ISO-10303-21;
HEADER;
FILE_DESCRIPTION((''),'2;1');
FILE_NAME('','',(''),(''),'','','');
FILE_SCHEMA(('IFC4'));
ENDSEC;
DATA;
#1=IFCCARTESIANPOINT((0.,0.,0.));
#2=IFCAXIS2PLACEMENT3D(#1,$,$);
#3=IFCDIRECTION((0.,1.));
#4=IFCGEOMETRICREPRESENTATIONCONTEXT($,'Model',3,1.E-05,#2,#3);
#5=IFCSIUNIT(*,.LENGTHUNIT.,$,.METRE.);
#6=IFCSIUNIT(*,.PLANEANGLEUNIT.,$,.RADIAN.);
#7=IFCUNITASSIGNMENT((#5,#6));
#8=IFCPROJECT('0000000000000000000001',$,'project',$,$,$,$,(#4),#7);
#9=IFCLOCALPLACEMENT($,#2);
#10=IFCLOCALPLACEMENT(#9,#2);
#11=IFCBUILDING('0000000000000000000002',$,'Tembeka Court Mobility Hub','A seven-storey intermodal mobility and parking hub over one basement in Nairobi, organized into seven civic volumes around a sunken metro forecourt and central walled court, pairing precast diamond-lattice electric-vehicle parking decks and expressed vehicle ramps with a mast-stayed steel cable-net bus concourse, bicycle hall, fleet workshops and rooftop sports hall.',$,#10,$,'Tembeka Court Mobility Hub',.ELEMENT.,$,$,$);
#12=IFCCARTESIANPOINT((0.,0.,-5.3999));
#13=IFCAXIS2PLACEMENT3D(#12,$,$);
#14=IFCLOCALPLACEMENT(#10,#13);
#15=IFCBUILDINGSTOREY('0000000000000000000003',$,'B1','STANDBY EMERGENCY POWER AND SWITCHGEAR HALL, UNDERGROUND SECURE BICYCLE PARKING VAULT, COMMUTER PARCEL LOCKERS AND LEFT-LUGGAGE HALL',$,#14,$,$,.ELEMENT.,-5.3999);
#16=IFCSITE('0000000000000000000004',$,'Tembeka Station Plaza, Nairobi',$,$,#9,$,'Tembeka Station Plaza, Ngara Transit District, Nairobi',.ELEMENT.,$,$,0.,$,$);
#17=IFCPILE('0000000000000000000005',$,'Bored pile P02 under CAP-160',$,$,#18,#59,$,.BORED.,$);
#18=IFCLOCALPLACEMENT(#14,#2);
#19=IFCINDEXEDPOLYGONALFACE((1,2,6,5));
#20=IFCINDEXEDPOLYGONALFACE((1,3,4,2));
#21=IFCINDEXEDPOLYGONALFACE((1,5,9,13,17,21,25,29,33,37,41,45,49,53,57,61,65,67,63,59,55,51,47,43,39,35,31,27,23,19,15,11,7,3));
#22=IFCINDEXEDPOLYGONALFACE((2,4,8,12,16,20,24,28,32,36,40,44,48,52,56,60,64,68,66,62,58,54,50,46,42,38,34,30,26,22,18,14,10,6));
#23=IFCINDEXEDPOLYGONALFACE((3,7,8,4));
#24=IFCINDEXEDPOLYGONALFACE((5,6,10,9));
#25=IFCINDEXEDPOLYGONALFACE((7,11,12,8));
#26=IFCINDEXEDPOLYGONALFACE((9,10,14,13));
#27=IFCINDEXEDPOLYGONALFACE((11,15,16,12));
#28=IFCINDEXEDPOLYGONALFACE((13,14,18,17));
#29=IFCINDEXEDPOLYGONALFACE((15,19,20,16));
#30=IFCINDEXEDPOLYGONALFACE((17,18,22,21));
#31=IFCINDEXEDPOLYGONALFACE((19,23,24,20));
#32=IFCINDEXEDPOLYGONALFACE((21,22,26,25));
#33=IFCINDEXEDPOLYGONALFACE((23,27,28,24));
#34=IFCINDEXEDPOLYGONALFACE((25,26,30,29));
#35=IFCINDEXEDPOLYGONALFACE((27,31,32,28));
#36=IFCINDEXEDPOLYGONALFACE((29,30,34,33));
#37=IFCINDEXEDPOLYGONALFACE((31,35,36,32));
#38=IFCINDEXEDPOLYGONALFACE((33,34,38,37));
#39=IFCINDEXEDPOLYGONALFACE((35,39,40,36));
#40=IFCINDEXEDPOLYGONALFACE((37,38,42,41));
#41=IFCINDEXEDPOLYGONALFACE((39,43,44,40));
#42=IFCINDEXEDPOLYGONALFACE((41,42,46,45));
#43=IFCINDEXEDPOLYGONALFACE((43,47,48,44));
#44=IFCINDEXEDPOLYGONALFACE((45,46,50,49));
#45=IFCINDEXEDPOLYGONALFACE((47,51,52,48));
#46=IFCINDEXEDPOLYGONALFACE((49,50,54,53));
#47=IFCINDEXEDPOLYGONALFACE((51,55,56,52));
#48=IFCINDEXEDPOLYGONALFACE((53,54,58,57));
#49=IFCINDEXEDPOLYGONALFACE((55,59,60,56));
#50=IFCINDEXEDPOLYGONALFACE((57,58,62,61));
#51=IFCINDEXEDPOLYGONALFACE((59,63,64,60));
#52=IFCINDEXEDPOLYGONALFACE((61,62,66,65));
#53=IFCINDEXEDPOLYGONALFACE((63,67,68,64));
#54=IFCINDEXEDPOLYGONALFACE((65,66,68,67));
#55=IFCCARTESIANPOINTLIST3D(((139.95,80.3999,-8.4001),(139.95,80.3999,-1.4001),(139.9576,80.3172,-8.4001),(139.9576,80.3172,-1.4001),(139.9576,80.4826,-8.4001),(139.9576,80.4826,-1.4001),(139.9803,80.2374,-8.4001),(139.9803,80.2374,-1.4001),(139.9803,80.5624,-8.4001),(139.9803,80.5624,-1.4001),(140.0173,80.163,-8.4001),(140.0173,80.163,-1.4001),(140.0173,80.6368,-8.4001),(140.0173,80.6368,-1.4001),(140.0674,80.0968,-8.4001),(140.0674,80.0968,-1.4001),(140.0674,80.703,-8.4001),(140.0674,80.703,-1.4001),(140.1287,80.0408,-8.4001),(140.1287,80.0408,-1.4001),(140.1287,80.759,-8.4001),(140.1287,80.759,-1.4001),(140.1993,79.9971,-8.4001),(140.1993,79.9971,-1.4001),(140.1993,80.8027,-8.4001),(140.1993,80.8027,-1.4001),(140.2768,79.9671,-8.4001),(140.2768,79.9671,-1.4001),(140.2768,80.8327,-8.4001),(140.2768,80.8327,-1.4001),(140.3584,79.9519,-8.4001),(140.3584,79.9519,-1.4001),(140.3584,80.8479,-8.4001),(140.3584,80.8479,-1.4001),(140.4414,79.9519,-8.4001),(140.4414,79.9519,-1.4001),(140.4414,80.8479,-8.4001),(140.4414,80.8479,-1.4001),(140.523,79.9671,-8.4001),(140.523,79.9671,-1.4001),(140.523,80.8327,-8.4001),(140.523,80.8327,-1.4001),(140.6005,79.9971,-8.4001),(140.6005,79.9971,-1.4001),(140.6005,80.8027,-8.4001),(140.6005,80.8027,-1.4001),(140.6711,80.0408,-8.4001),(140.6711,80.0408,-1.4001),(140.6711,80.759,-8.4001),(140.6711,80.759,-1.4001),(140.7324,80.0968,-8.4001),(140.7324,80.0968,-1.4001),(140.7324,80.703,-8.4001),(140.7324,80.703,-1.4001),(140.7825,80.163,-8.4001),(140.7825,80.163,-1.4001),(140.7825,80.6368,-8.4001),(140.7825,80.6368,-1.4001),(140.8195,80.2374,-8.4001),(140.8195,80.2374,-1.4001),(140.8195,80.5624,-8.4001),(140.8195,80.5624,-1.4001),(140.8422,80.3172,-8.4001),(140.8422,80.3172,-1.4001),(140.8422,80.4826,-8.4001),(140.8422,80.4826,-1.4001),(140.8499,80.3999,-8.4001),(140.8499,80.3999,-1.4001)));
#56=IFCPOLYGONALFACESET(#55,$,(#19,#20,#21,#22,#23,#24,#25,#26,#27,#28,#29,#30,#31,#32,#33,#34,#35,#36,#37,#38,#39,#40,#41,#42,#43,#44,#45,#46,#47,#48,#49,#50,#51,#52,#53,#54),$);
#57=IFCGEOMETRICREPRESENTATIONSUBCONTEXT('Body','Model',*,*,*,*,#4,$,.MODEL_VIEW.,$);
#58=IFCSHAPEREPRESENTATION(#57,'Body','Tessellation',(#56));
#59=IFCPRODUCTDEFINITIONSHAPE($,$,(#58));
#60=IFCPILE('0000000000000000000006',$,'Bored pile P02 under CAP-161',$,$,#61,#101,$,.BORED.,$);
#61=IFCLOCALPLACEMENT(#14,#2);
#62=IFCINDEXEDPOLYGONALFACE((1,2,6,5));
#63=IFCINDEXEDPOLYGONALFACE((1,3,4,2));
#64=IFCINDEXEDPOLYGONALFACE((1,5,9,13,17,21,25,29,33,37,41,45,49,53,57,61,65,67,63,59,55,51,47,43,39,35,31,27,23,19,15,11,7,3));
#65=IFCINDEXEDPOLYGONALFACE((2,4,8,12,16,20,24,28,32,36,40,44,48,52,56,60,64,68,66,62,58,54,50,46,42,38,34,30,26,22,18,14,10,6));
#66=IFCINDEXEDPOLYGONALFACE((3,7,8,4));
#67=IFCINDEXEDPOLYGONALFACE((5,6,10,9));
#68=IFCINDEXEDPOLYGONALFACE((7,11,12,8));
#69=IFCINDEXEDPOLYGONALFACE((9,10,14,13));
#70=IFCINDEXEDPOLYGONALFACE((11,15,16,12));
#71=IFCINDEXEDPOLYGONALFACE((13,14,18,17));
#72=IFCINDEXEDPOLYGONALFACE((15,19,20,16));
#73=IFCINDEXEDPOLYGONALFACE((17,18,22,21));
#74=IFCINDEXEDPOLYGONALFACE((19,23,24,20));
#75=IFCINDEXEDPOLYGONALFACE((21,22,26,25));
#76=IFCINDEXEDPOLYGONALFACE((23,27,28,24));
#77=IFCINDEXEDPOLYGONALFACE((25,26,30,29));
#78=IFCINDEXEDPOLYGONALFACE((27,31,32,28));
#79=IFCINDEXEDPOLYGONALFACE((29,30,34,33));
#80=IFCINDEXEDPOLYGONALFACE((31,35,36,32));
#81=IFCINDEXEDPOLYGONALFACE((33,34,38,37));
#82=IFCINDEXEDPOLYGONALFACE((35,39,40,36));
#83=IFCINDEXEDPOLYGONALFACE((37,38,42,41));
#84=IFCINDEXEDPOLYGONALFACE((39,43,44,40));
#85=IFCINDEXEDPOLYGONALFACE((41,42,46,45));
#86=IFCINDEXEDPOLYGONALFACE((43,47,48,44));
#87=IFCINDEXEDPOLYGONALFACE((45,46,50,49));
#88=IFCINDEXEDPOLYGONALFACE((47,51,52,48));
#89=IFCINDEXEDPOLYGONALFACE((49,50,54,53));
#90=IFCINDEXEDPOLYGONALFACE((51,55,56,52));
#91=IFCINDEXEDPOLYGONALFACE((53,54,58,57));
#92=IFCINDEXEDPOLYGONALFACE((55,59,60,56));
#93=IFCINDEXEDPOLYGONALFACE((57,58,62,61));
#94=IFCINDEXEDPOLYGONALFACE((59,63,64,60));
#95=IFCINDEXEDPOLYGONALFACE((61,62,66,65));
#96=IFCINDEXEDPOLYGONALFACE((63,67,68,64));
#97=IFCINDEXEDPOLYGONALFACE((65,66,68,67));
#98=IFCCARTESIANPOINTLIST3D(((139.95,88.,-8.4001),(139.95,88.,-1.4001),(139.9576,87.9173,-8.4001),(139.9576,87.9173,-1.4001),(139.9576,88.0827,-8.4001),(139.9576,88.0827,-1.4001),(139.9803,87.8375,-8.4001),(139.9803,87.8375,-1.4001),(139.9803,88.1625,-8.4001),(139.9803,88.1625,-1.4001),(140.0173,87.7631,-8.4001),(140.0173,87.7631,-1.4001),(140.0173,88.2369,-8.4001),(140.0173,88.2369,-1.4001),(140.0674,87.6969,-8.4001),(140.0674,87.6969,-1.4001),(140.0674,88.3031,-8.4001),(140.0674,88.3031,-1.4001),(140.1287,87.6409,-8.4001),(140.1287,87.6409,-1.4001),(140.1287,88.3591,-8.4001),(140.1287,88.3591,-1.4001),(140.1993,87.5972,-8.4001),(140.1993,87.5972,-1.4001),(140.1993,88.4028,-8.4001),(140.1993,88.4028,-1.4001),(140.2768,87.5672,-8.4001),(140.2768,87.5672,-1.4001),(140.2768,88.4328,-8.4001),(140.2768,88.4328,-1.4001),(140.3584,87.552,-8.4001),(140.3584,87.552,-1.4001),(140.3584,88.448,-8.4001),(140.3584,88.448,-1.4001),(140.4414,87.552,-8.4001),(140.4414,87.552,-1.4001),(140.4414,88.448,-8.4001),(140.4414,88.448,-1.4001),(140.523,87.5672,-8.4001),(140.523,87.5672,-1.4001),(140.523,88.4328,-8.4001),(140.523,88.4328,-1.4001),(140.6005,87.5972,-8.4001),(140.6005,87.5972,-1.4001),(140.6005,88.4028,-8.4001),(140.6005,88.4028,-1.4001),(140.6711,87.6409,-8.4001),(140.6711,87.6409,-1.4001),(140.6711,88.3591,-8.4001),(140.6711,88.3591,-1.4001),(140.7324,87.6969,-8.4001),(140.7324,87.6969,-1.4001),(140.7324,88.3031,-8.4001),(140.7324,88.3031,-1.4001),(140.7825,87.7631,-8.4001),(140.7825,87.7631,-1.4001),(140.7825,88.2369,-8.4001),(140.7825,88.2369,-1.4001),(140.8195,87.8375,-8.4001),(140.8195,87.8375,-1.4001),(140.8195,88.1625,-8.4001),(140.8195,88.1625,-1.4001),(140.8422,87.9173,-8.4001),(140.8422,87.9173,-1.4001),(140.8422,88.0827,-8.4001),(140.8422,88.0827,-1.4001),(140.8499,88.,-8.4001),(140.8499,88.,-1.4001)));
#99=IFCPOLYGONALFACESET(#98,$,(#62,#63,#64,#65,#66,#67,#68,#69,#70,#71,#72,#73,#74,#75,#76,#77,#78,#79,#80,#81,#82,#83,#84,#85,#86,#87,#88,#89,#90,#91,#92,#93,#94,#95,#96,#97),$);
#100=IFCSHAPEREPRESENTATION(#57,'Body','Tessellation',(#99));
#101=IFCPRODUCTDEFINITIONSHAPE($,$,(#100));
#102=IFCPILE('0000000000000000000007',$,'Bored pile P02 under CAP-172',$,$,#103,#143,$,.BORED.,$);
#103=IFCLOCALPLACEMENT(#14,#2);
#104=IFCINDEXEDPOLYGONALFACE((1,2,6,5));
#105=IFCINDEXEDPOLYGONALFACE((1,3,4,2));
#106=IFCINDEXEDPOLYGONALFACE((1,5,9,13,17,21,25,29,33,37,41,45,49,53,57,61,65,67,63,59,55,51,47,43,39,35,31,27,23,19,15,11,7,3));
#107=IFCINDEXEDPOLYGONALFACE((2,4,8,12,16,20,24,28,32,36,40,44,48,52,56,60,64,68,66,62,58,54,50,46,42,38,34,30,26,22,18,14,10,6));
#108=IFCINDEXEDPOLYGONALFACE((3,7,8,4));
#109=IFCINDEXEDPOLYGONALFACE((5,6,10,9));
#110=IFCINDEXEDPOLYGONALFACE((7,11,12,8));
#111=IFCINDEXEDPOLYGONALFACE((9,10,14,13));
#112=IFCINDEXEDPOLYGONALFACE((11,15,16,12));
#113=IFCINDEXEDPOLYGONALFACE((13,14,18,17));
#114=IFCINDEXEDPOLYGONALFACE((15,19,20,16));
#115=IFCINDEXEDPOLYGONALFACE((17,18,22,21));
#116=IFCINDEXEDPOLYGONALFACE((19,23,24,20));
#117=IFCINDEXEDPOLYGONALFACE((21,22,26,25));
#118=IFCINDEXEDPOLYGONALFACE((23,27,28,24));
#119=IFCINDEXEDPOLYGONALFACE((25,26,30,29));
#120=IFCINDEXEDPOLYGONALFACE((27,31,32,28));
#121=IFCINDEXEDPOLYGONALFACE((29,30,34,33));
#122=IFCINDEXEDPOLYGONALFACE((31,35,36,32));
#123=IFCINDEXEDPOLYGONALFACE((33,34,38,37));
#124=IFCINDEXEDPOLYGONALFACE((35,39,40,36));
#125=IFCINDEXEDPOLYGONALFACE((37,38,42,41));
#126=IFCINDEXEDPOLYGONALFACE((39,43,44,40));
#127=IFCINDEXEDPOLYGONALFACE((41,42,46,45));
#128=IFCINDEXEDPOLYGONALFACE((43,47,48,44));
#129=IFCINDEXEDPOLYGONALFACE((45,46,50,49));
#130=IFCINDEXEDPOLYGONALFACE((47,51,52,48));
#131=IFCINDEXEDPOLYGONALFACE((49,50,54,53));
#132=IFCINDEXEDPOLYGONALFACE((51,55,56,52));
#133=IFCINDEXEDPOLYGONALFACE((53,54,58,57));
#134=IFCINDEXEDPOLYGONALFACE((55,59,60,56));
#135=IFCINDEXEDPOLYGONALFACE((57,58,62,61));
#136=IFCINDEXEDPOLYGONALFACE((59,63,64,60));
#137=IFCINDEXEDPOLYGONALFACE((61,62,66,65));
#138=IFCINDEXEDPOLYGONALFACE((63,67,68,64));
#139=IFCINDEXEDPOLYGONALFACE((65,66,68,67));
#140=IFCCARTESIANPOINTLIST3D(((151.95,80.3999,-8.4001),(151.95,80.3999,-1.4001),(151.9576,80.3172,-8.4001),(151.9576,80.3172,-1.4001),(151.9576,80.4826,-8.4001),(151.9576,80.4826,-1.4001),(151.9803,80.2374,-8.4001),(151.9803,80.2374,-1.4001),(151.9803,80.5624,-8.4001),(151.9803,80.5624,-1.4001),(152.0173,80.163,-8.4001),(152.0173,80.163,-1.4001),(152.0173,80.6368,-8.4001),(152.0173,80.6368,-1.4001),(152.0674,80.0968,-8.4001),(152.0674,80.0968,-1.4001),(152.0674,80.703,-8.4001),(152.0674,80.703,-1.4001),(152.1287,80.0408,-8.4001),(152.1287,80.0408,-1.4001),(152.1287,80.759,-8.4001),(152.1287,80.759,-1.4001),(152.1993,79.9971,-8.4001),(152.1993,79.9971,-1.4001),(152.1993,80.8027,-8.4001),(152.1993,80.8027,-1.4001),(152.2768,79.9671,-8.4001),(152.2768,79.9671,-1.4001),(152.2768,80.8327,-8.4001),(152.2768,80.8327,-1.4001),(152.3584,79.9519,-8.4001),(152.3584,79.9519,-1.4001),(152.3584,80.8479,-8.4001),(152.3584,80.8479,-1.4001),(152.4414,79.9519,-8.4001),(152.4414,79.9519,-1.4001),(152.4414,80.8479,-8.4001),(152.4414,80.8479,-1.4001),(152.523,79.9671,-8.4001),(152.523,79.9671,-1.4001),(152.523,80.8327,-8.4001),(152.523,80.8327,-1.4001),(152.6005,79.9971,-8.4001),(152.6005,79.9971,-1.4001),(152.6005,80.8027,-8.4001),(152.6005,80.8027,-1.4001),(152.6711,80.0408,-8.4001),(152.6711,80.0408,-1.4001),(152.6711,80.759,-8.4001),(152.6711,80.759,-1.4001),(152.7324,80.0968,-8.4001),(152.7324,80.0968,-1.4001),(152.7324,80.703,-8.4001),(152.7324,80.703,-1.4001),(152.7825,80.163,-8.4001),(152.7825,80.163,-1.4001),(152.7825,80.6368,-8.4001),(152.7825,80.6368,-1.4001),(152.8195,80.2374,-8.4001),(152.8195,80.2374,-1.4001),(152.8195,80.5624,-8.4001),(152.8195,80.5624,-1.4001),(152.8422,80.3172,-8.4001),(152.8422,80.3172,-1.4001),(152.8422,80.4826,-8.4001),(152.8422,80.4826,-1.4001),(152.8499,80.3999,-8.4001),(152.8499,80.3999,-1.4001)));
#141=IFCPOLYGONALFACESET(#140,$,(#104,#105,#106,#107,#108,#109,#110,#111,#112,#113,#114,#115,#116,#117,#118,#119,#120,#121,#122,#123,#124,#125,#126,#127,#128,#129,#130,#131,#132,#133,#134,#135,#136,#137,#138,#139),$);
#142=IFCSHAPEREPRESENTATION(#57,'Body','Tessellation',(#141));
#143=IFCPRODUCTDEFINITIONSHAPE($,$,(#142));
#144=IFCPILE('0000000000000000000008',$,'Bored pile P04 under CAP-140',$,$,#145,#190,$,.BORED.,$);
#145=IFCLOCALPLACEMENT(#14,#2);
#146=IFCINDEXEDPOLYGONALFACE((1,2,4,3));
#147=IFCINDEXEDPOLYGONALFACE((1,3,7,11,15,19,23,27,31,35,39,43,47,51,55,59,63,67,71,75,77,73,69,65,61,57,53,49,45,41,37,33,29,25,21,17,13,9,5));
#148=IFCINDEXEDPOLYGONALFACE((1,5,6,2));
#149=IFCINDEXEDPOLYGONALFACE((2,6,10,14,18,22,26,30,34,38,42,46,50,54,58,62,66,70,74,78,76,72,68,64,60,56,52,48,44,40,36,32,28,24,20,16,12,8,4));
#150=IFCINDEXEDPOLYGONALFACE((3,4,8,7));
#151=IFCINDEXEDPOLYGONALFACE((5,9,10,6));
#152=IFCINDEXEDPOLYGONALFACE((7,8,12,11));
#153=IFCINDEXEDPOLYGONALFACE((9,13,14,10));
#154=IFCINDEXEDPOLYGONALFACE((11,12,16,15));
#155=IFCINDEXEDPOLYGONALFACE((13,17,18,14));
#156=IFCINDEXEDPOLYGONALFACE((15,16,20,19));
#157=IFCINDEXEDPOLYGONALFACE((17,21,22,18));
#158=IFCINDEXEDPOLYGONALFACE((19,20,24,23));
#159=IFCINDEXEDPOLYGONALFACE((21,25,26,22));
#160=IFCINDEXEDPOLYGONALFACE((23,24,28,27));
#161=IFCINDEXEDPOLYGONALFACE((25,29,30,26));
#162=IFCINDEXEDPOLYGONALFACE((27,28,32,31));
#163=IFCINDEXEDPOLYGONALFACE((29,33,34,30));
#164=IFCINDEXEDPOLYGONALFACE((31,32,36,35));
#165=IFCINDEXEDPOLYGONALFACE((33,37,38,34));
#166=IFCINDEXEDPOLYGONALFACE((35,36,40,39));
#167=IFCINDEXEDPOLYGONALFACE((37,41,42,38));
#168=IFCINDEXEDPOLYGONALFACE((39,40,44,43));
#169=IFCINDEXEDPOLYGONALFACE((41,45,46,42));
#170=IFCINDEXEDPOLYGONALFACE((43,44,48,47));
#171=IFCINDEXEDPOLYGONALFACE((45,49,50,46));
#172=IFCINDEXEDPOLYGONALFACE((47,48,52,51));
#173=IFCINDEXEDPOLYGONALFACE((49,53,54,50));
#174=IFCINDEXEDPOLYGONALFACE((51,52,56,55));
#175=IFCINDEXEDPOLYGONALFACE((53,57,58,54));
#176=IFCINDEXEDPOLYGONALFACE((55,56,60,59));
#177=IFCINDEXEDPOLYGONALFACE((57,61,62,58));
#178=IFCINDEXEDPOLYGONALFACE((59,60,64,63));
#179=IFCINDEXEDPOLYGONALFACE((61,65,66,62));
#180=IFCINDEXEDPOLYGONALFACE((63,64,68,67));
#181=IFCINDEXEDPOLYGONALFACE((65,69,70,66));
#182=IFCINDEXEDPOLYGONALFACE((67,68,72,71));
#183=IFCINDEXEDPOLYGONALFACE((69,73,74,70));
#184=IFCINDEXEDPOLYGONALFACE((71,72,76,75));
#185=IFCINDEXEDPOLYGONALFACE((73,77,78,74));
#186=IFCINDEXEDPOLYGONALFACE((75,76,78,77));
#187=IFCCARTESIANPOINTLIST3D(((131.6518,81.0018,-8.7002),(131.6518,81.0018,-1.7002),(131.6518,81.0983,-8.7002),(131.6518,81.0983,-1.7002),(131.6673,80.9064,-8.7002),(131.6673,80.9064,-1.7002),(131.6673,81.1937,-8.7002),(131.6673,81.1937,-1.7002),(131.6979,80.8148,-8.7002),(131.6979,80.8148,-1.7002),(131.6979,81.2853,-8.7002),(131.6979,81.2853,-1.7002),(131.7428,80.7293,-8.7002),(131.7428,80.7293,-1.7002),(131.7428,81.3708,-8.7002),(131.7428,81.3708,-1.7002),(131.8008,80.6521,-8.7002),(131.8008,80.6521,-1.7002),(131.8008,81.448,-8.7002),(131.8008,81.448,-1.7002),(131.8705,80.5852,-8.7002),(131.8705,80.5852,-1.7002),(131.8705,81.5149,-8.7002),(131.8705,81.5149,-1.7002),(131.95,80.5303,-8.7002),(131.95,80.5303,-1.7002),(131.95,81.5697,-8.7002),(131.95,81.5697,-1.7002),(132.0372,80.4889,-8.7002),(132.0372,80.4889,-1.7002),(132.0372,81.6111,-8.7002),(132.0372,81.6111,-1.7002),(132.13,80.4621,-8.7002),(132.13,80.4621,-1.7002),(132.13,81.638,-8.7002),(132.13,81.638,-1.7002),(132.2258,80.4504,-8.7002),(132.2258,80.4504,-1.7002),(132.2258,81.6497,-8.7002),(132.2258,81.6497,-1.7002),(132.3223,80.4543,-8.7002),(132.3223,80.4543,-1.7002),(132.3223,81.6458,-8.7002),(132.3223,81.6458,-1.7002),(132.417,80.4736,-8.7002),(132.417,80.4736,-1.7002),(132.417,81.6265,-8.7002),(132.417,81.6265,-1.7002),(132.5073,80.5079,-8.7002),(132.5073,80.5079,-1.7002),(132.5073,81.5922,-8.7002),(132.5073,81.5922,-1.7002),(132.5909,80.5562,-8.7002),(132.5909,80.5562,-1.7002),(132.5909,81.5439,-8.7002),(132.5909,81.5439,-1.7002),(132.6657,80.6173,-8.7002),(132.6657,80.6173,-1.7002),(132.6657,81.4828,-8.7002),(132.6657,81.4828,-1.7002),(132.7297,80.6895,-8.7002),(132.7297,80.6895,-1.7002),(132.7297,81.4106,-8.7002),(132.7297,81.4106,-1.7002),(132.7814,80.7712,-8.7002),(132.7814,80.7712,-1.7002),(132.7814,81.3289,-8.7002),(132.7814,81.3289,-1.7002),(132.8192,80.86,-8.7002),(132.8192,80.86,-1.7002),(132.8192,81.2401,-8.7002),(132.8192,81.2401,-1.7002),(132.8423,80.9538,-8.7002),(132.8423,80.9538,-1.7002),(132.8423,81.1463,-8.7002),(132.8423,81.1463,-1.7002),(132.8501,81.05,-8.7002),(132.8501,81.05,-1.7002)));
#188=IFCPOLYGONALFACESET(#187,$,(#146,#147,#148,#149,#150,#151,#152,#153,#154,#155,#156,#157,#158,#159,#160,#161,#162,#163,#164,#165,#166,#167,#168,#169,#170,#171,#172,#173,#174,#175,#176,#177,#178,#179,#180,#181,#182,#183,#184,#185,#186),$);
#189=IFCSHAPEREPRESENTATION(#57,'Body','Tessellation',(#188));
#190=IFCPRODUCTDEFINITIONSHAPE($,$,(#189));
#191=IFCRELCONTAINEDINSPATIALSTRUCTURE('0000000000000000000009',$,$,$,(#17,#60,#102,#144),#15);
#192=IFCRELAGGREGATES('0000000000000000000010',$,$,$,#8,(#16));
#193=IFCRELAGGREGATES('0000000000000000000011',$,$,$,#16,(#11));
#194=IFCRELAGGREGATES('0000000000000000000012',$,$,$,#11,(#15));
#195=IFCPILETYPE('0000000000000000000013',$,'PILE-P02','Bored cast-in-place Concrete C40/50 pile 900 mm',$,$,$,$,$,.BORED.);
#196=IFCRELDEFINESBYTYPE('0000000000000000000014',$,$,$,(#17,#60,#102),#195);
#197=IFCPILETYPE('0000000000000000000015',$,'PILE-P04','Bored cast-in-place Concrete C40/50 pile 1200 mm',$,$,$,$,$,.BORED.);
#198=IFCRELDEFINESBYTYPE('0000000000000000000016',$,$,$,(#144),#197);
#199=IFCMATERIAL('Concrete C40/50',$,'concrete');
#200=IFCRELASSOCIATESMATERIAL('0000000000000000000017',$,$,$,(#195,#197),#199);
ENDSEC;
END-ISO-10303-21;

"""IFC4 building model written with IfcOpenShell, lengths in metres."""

from ifc_helpers import new_model, si_unit, direction, frame, origin, origin_2d, place, context, subcontext, project, spatial, circle, extrude, material, material_profile, profile_set, type_object, element, save


model = new_model("IFC4")

# Units and contexts
model_context = context("Model", 3, precision=1e-05, world=origin(), true_north=direction((0.0, 1.0)))
body_context = subcontext(model_context, "Body", "Model", "MODEL_VIEW")
ifc_project = project(units=[si_unit("LENGTHUNIT", "METRE"), si_unit("PLANEANGLEUNIT", "RADIAN")], contexts=[model_context])

# Site, building, storey
site_placement = place(None, origin())
site = spatial("IfcSite", under=ifc_project, at=site_placement, Name="Tembeka Station Plaza, Nairobi", LongName="Tembeka Station Plaza, Ngara Transit District, Nairobi", CompositionType="ELEMENT", RefElevation=0.0)
building_placement = place(site_placement, origin())
building = spatial("IfcBuilding", under=site, at=building_placement, Name="Tembeka Court Mobility Hub", Description="A seven-storey intermodal mobility and parking hub over one basement in Nairobi, organized into seven civic volumes around a sunken metro forecourt and central walled court, pairing precast diamond-lattice electric-vehicle parking decks and expressed vehicle ramps with a mast-stayed steel cable-net bus concourse, bicycle hall, fleet workshops and rooftop sports hall.", LongName="Tembeka Court Mobility Hub", CompositionType="ELEMENT")
storey_placement = place(building_placement, frame((0.0, 0.0, -5.3999)))
storey = spatial("IfcBuildingStorey", under=building, at=storey_placement, Name="B1", Description="STANDBY EMERGENCY POWER AND SWITCHGEAR HALL, UNDERGROUND SECURE BICYCLE PARKING VAULT, COMMUTER PARCEL LOCKERS AND LEFT-LUGGAGE HALL", CompositionType="ELEMENT", Elevation=-5.3999)

# Shared definitions
ifc_material_1 = material(Name="Concrete C40/50", Category="concrete")

# Piles
ifc_material_profile_1 = material_profile(ifc_material_1, circle(Radius=0.45, at=origin_2d()), Name="PILE D900")
ifc_profile_set_1 = profile_set([ifc_material_profile_1], Name="Concrete C40/50")
pile_type_1 = type_object("IfcPileType", Name="PILE-P02", Description="Bored cast-in-place Concrete C40/50 pile 900 mm", PredefinedType="BORED", material=ifc_profile_set_1)
for number, where, z_axis, x_axis, name in (
    (1, (140.3999, 80.3999, -1.4001), (0.0, 0.0, -1.0), (1.0, 0.0, 0.0), "Bored pile P02 under CAP-160"),
    (2, (140.3999, 88.0, -1.4001), (0.0, 0.0, -1.0), (1.0, 0.0, 0.0), "Bored pile P02 under CAP-161"),
    (3, (152.3999, 80.3999, -1.4001), (0.0, 0.0, -1.0), (1.0, 0.0, 0.0), "Bored pile P02 under CAP-172"),
):
    element("IfcPile", number, at=place(storey_placement, frame(where, z_axis=z_axis, x_axis=x_axis)), inside=storey, type_object=pile_type_1, Name=name, PredefinedType="BORED", context=body_context, shape_type="SweptSolid", body=[
        extrude(circle(Radius=0.45, at=origin_2d()), origin(), (0.0, 0.0, 1.0), 7.0),
    ])
ifc_material_profile_2 = material_profile(ifc_material_1, circle(Radius=0.6001, at=origin_2d()), Name="PILE D1200")
ifc_profile_set_2 = profile_set([ifc_material_profile_2], Name="Concrete C40/50")
pile_type_2 = type_object("IfcPileType", Name="PILE-P04", Description="Bored cast-in-place Concrete C40/50 pile 1200 mm", PredefinedType="BORED", material=ifc_profile_set_2)
for number, where, z_axis, x_axis, name in (
    (4, (132.25, 81.05, -1.7002), (0.0, 0.0, -1.0), (1.0, 0.0, 0.0), "Bored pile P04 under CAP-140"),
):
    element("IfcPile", number, at=place(storey_placement, frame(where, z_axis=z_axis, x_axis=x_axis)), inside=storey, type_object=pile_type_2, Name=name, PredefinedType="BORED", context=body_context, shape_type="SweptSolid", body=[
        extrude(circle(Radius=0.6001, at=origin_2d()), origin(), (0.0, 0.0, 1.0), 7.0),
    ])

save(model, "model.ifc")
